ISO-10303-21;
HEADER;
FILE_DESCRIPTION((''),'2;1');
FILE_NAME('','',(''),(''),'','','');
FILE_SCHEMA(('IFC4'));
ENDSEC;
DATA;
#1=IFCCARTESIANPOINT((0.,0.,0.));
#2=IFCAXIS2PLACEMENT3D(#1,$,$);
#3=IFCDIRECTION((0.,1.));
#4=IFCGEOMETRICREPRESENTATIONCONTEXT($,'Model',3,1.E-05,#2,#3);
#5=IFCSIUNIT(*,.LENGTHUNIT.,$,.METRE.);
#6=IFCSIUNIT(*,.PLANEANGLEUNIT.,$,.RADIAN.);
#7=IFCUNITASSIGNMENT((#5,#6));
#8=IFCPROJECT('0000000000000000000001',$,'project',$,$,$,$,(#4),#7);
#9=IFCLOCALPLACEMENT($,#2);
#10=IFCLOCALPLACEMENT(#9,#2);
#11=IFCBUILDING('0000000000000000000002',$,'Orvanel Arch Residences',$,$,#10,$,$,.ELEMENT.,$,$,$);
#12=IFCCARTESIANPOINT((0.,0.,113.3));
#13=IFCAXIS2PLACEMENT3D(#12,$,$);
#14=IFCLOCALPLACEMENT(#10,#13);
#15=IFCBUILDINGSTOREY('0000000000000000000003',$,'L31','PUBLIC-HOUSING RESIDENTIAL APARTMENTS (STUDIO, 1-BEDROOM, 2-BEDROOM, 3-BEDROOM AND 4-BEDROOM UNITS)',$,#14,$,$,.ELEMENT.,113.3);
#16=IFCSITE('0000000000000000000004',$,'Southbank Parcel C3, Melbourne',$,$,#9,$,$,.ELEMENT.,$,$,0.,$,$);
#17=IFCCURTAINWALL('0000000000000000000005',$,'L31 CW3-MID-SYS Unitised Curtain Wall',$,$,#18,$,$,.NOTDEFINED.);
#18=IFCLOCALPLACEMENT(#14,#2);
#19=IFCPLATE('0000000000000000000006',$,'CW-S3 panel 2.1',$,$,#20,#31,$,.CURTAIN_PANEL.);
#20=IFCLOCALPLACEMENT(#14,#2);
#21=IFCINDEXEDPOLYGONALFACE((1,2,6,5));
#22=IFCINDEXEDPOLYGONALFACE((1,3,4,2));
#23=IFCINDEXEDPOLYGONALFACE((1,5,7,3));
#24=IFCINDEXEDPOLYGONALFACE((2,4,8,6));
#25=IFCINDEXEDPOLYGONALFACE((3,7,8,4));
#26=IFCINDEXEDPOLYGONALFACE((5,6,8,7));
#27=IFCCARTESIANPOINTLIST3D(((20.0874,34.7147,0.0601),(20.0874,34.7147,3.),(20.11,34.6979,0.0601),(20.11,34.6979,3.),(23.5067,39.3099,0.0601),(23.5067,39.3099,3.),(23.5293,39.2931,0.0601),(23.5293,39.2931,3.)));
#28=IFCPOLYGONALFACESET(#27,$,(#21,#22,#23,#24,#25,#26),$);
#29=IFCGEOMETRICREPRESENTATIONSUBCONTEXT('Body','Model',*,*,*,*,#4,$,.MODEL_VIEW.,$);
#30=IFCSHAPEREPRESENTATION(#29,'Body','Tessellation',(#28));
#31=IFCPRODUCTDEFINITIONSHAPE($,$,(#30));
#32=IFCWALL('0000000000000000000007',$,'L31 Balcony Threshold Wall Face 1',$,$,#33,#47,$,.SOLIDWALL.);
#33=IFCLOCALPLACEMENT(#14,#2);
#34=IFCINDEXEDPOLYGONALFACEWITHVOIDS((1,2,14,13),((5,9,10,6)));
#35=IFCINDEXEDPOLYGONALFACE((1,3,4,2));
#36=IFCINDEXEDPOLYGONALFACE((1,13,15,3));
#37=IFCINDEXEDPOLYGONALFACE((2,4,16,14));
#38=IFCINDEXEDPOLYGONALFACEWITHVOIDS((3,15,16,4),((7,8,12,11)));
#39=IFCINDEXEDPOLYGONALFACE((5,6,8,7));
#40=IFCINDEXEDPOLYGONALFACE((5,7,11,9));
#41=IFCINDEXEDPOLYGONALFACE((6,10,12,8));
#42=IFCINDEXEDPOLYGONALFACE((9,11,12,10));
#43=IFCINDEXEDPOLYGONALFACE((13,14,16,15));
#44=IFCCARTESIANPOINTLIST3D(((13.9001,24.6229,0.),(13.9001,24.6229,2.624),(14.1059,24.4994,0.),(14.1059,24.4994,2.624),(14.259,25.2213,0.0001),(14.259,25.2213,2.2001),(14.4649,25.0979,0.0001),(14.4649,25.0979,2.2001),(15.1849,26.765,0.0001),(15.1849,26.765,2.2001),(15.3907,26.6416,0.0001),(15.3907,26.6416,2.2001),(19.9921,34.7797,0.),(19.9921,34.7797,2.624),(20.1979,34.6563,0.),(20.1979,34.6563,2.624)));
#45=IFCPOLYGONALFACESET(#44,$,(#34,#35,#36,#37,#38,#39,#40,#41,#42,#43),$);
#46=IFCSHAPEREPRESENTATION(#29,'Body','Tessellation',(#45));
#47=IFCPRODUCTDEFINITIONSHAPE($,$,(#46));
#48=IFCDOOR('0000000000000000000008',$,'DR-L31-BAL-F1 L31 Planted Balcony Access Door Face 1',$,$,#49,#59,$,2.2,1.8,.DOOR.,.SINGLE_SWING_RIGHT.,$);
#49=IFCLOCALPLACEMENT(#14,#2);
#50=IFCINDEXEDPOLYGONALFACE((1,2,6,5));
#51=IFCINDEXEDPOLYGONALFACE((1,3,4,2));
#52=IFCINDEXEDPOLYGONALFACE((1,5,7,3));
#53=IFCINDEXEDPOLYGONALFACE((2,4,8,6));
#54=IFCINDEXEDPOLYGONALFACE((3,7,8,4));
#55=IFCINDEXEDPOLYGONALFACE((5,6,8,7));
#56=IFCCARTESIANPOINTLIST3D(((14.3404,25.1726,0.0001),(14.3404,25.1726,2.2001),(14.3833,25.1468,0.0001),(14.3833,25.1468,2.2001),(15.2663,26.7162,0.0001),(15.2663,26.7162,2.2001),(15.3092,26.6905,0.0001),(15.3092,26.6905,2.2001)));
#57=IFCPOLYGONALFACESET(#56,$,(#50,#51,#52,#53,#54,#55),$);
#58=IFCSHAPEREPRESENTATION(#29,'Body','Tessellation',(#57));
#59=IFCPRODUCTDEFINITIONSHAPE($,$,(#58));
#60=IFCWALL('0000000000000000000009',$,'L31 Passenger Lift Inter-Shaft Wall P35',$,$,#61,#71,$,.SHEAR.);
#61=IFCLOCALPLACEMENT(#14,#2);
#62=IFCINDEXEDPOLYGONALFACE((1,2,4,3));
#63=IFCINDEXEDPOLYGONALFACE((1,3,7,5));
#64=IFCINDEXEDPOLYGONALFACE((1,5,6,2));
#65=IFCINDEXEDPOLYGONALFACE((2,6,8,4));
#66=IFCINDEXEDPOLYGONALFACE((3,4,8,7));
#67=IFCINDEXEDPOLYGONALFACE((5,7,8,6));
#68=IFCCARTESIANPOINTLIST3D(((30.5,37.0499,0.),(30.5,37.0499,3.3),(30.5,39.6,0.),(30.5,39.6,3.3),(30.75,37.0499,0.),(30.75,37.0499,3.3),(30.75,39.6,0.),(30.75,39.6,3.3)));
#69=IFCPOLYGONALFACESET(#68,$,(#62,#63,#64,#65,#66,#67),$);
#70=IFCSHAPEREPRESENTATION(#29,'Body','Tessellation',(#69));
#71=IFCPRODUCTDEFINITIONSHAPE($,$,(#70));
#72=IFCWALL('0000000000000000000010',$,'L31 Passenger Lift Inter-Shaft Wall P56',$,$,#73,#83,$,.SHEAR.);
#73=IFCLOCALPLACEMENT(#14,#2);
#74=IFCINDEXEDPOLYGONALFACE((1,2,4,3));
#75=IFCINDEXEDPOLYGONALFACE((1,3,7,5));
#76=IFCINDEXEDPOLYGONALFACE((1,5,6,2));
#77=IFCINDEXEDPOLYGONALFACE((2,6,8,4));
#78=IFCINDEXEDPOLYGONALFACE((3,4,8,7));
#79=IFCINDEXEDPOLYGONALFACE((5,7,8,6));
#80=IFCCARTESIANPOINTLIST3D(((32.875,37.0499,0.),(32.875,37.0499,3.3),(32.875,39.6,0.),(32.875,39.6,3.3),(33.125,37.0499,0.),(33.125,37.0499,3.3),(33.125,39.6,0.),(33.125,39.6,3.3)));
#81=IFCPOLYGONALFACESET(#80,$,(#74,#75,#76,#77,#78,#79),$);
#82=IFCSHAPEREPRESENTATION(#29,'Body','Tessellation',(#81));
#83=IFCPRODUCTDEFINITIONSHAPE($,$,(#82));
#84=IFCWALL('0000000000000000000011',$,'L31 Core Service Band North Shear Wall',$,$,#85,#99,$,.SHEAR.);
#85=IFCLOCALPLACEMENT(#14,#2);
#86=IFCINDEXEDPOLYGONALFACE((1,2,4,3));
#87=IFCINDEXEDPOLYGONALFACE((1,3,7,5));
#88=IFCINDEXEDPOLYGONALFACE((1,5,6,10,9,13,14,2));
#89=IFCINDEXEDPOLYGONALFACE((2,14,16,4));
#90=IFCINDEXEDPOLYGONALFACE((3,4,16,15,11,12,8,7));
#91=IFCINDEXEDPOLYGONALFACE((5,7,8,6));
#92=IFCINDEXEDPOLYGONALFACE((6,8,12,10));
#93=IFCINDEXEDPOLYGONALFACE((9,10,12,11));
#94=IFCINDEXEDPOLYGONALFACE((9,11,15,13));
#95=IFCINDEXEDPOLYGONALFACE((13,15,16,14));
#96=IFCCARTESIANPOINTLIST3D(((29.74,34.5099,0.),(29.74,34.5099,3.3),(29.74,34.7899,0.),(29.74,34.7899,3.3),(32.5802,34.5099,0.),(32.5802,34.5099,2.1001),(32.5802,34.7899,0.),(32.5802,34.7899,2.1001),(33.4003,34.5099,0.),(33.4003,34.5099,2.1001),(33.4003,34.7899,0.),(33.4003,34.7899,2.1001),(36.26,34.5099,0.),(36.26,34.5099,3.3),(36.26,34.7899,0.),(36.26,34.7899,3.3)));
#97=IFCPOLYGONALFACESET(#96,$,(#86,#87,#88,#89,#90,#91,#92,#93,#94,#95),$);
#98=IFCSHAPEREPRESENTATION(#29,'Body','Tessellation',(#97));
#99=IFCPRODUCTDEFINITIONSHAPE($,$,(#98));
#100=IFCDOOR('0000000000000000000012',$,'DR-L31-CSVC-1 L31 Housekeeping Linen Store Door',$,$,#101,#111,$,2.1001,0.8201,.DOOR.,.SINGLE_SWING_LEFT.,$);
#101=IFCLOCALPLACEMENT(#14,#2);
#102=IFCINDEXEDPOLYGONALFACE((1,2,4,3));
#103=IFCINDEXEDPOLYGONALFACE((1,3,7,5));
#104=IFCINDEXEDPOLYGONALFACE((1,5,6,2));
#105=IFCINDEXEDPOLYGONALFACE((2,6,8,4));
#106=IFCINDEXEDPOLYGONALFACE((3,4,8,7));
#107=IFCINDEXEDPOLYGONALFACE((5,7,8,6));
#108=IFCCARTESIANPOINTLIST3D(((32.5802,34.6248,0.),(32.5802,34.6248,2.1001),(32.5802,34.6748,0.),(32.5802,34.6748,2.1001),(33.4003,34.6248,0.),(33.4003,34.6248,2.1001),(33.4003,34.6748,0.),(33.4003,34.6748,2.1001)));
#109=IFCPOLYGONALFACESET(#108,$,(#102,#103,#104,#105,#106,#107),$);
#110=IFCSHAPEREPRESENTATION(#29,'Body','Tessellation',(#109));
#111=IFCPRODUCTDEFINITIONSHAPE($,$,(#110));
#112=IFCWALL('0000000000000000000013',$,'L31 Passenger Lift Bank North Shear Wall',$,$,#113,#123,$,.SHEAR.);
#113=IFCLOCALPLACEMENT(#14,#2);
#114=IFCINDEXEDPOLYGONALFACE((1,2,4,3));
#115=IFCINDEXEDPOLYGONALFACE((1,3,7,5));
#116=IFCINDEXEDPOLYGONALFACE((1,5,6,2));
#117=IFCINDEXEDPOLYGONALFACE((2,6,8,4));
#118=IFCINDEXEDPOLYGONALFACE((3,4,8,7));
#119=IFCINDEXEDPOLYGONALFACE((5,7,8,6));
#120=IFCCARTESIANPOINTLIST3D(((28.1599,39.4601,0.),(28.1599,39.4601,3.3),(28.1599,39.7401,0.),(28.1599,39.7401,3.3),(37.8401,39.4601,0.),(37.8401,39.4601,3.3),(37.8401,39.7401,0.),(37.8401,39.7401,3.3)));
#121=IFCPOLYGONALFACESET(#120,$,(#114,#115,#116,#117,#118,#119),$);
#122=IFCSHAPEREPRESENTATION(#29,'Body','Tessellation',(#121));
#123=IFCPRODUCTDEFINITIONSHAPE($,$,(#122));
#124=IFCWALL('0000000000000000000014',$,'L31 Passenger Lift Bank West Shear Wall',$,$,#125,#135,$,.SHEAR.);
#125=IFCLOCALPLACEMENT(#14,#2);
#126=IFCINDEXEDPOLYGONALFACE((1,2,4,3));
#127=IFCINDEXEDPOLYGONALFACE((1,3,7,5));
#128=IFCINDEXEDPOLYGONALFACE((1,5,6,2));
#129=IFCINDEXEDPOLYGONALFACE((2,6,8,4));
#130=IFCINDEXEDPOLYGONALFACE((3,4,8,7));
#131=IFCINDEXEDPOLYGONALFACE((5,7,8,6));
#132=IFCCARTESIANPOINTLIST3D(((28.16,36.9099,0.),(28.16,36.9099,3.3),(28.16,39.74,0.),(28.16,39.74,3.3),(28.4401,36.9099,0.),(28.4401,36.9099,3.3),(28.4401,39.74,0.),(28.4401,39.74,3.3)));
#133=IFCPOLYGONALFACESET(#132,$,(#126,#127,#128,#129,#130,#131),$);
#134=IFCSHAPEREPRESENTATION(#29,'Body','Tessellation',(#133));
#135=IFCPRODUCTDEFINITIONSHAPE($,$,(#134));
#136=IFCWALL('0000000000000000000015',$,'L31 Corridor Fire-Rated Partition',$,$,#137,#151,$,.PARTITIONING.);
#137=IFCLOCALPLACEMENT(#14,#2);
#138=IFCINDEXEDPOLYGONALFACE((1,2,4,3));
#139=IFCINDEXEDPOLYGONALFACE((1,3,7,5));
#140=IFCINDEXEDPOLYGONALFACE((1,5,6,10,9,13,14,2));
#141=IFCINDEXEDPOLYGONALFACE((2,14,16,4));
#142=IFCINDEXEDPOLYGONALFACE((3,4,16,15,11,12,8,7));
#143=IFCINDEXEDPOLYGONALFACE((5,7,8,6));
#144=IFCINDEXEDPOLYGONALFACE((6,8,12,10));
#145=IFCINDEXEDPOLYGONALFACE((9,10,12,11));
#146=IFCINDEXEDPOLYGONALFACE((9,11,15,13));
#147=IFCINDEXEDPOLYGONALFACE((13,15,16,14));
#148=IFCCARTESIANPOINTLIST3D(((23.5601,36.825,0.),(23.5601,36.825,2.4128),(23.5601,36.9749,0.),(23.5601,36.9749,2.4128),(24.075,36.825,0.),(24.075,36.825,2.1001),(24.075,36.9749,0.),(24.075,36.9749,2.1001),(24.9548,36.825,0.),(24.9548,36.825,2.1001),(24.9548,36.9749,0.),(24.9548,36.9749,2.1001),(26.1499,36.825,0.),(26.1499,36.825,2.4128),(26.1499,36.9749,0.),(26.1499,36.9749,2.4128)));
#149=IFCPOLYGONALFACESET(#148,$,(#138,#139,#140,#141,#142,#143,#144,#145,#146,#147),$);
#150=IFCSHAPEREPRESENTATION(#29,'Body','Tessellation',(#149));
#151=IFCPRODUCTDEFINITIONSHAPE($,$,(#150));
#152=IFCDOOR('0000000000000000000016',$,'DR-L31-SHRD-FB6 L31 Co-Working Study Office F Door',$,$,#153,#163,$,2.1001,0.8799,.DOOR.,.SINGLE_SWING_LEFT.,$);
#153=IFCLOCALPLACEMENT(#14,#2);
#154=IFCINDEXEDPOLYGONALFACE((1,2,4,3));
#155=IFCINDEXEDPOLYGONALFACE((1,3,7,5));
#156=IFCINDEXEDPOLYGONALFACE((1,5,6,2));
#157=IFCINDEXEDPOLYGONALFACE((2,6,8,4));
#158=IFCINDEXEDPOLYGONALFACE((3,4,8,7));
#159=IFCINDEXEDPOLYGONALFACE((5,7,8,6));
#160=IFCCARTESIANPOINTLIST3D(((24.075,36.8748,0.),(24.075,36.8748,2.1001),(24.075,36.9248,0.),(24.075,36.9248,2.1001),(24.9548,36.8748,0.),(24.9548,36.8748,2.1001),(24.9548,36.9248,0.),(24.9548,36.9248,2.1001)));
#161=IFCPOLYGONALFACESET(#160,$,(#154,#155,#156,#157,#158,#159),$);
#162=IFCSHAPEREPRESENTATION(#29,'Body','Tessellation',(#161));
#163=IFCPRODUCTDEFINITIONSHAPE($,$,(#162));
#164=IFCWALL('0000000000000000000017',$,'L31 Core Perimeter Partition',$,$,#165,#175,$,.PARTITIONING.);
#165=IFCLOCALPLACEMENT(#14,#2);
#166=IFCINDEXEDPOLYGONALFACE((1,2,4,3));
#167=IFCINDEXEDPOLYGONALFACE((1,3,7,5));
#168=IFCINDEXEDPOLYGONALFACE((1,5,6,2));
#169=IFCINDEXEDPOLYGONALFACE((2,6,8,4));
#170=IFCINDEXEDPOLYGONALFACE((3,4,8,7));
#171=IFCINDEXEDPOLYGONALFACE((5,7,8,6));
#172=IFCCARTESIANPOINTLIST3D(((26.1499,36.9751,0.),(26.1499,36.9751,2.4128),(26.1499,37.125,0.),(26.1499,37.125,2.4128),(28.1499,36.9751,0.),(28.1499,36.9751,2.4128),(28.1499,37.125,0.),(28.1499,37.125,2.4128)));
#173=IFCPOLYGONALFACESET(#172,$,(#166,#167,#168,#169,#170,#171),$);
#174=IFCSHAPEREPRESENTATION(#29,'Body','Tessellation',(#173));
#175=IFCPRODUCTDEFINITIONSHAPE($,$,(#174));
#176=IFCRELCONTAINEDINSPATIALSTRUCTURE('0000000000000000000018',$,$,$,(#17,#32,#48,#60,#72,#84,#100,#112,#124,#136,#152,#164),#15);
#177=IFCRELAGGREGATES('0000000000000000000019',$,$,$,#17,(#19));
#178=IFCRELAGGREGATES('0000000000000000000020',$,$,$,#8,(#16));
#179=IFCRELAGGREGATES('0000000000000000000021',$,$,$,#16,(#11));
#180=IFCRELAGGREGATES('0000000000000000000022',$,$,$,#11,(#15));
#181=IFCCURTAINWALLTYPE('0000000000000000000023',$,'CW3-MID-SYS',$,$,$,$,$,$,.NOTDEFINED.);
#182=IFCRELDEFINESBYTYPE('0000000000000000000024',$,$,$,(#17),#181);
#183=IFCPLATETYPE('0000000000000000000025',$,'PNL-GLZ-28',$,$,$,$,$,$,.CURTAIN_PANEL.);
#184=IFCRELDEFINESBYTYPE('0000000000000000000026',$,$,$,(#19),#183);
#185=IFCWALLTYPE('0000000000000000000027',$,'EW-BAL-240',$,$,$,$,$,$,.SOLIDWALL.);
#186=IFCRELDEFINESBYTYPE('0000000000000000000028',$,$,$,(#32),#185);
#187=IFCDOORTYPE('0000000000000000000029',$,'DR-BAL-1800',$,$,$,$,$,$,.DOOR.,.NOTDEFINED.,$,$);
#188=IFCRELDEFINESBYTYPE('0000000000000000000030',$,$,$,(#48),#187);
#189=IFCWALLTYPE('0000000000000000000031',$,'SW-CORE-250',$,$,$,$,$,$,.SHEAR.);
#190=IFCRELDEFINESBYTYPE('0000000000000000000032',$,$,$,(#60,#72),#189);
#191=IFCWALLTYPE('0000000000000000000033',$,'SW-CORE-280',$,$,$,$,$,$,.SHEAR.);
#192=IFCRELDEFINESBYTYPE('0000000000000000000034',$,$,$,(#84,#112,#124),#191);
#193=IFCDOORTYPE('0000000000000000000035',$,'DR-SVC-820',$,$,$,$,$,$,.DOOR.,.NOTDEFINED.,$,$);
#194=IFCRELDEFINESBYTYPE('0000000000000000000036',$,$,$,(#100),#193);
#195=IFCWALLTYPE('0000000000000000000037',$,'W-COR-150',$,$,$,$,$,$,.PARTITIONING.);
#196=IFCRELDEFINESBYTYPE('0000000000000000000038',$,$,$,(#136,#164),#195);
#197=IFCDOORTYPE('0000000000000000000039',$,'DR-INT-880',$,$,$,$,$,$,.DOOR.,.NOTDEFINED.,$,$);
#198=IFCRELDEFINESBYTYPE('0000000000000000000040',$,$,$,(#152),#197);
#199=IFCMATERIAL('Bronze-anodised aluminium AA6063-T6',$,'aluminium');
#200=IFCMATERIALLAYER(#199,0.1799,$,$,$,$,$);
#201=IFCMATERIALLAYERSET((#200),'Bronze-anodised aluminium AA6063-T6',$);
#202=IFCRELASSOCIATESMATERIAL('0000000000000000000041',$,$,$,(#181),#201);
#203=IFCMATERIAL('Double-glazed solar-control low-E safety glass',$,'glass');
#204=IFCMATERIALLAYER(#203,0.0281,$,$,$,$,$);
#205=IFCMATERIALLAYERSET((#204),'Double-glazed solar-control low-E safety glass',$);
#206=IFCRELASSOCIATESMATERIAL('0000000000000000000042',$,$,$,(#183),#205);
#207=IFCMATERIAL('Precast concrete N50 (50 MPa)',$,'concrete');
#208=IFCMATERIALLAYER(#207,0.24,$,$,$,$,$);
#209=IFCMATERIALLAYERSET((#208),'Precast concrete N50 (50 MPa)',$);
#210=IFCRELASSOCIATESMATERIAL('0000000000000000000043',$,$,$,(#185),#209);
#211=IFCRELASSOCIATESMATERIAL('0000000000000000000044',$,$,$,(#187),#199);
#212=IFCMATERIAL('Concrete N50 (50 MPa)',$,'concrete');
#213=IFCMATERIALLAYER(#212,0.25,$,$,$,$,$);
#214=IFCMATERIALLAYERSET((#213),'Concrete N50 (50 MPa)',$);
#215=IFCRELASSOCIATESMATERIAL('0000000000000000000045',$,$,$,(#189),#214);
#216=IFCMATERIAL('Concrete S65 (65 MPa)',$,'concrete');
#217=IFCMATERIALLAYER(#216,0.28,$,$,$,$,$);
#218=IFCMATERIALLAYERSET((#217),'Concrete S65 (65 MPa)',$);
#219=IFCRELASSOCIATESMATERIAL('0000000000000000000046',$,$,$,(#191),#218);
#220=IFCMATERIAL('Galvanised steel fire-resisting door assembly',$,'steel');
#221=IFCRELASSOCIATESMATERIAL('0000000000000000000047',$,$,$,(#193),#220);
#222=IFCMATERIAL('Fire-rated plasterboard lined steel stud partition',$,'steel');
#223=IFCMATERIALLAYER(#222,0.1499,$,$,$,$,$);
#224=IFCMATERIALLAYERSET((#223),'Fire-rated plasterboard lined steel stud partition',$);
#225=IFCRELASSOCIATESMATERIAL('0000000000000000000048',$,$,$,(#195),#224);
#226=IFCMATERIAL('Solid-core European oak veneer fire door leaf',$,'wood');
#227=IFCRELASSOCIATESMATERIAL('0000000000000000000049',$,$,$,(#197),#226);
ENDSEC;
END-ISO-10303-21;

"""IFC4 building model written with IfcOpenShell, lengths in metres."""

from ifc_helpers import new_model, si_unit, direction, frame, frame_2d, origin, origin_2d, place, context, subcontext, project, spatial, rectangle, extrude, material, layer, layer_set, type_object, element, fill, aggregate, save


model = new_model("IFC4")

# Units and contexts
model_context = context("Model", 3, precision=1e-05, world=origin(), true_north=direction((0.0, 1.0)))
body_context = subcontext(model_context, "Body", "Model", "MODEL_VIEW")
ifc_project = project(units=[si_unit("LENGTHUNIT", "METRE"), si_unit("PLANEANGLEUNIT", "RADIAN")], contexts=[model_context])

# Site, building, storey
site_placement = place(None, origin())
site = spatial("IfcSite", under=ifc_project, at=site_placement, Name="Southbank Parcel C3, Melbourne", CompositionType="ELEMENT", RefElevation=0.0)
building_placement = place(site_placement, origin())
building = spatial("IfcBuilding", under=site, at=building_placement, Name="Orvanel Arch Residences", CompositionType="ELEMENT")
storey_placement = place(building_placement, frame((0.0, 0.0, 113.3)))
storey = spatial("IfcBuildingStorey", under=building, at=storey_placement, Name="L31", Description="PUBLIC-HOUSING RESIDENTIAL APARTMENTS (STUDIO, 1-BEDROOM, 2-BEDROOM, 3-BEDROOM AND 4-BEDROOM UNITS)", CompositionType="ELEMENT", Elevation=113.3)

# Shared definitions
ifc_material_1 = material(Name="Concrete S65 (65 MPa)", Category="concrete")

# Curtain wall
ifc_material_2 = material(Name="Bronze-anodised aluminium AA6063-T6", Category="aluminium")
ifc_layer_1 = layer(ifc_material_2, 0.1799)
ifc_layer_set_1 = layer_set([ifc_layer_1], Name="Bronze-anodised aluminium AA6063-T6")
curtain_wall_type = type_object("IfcCurtainWallType", Name="CW3-MID-SYS", PredefinedType="NOTDEFINED", material=ifc_layer_set_1)
curtain_wall_placement = place(storey_placement, origin())
curtain_wall = element("IfcCurtainWall", 1, at=curtain_wall_placement, inside=storey, type_object=curtain_wall_type, Name="L31 CW3-MID-SYS Unitised Curtain Wall", PredefinedType="NOTDEFINED")

# Plate
ifc_material_3 = material(Name="Double-glazed solar-control low-E safety glass", Category="glass")
ifc_layer_2 = layer(ifc_material_3, 0.0281)
ifc_layer_set_2 = layer_set([ifc_layer_2], Name="Double-glazed solar-control low-E safety glass")
plate_type = type_object("IfcPlateType", Name="PNL-GLZ-28", PredefinedType="CURTAIN_PANEL", material=ifc_layer_set_2)
plate_placement = place(storey_placement, frame((21.8083, 37.0039, 0.0601), z_axis=(0.0, 0.0, 1.0), x_axis=(-0.596965, -0.802268, 0.0)))
plate = element("IfcPlate", 2, at=plate_placement, type_object=plate_type, Name="CW-S3 panel 2.1", PredefinedType="CURTAIN_PANEL", context=body_context, shape_type="SweptSolid", body=[
    extrude(rectangle(XDim=5.7278, YDim=0.0281, at=origin_2d()), origin(), (0.0, 0.0, 1.0), 2.9399),
])
aggregate(curtain_wall, [plate])

# Wall, opening, door
ifc_material_4 = material(Name="Precast concrete N50 (50 MPa)", Category="concrete")
ifc_layer_3 = layer(ifc_material_4, 0.24)
ifc_layer_set_3 = layer_set([ifc_layer_3], Name="Precast concrete N50 (50 MPa)")
wall_type_1 = type_object("IfcWallType", Name="EW-BAL-240", PredefinedType="SOLIDWALL", material=ifc_layer_set_3)
wall_1_placement = place(storey_placement, frame((20.095, 34.718, 0.0), z_axis=(0.0, 0.0, 1.0), x_axis=(-0.514362, -0.857573, 0.0)))
wall_1 = element("IfcWall", 3, at=wall_1_placement, inside=storey, type_object=wall_type_1, Name="L31 Balcony Threshold Wall Face 1", PredefinedType="SOLIDWALL", context=body_context, shape_type="SweptSolid", body=[
    extrude(rectangle(XDim=11.8438, YDim=0.24, at=frame_2d((5.9219, 0.0))), origin(), (0.0, 0.0, 1.0), 2.624),
])
opening_1_placement = place(wall_1_placement, frame((9.3459, 0.0, 0.0)))
opening_1 = element("IfcOpeningElement", 4, at=opening_1_placement, cuts=wall_1, PredefinedType="OPENING", context=body_context, shape_type="SweptSolid", body=[
    extrude(rectangle(XDim=1.8, YDim=2.2, at=frame_2d((0.8999, 1.1001))), frame((0.0, 0.1299, 0.0), z_axis=(0.0, -1.0, 0.0), x_axis=(1.0, 0.0, 0.0)), (0.0, 0.0, 1.0), 0.26),
])
door_type_1 = type_object("IfcDoorType", Name="DR-BAL-1800", OperationType="NOTDEFINED", PredefinedType="DOOR", material=ifc_material_2)
door_1_placement = place(opening_1_placement, origin())
door_1 = element("IfcDoor", 5, at=door_1_placement, inside=storey, type_object=door_type_1, Name="DR-L31-BAL-F1 L31 Planted Balcony Access Door Face 1", OperationType="SINGLE_SWING_RIGHT", OverallHeight=2.2, OverallWidth=1.8, PredefinedType="DOOR", context=body_context, shape_type="SweptSolid", body=[
    extrude(rectangle(XDim=1.8, YDim=2.2, at=frame_2d((0.8999, 1.1001))), frame((0.0, 0.0249, 0.0), z_axis=(0.0, -1.0, 0.0), x_axis=(1.0, 0.0, 0.0)), (0.0, 0.0, 1.0), 0.05),
])
fill(opening_1, door_1)

# Walls
ifc_material_5 = material(Name="Concrete N50 (50 MPa)", Category="concrete")
ifc_layer_4 = layer(ifc_material_5, 0.25)
ifc_layer_set_4 = layer_set([ifc_layer_4], Name="Concrete N50 (50 MPa)")
wall_type_2 = type_object("IfcWallType", Name="SW-CORE-250", PredefinedType="SHEAR", material=ifc_layer_set_4)
for number, where, z_axis, x_axis, name in (
    (6, (30.625, 37.05, 0.0), (0.0, 0.0, 1.0), (0.0, 1.0, 0.0), "L31 Passenger Lift Inter-Shaft Wall P35"),
    (7, (33.0, 37.05, 0.0), (0.0, 0.0, 1.0), (0.0, 1.0, 0.0), "L31 Passenger Lift Inter-Shaft Wall P56"),
):
    element("IfcWall", number, at=place(storey_placement, frame(where, z_axis=z_axis, x_axis=x_axis)), inside=storey, type_object=wall_type_2, Name=name, PredefinedType="SHEAR", context=body_context, shape_type="SweptSolid", body=[
        extrude(rectangle(XDim=2.55, YDim=0.25, at=frame_2d((1.2749, 0.0))), origin(), (0.0, 0.0, 1.0), 3.3),
    ])

# Wall, opening, door
ifc_layer_5 = layer(ifc_material_1, 0.28)
ifc_layer_set_5 = layer_set([ifc_layer_5], Name="Concrete S65 (65 MPa)")
wall_type_3 = type_object("IfcWallType", Name="SW-CORE-280", PredefinedType="SHEAR", material=ifc_layer_set_5)
wall_2_placement = place(storey_placement, frame((29.74, 34.6499, 0.0), z_axis=(0.0, 0.0, 1.0), x_axis=(1.0, 0.0, 0.0)))
wall_2 = element("IfcWall", 8, at=wall_2_placement, inside=storey, type_object=wall_type_3, Name="L31 Core Service Band North Shear Wall", PredefinedType="SHEAR", context=body_context, shape_type="SweptSolid", body=[
    extrude(rectangle(XDim=6.52, YDim=0.28, at=frame_2d((3.26, 0.0))), origin(), (0.0, 0.0, 1.0), 3.3),
])
opening_2_placement = place(wall_2_placement, frame((2.8401, 0.0, 0.0)))
opening_2 = element("IfcOpeningElement", 9, at=opening_2_placement, cuts=wall_2, PredefinedType="OPENING", context=body_context, shape_type="SweptSolid", body=[
    extrude(rectangle(XDim=0.8201, YDim=2.1001, at=frame_2d((0.4102, 1.05))), frame((0.0, 0.1499, 0.0), z_axis=(0.0, -1.0, 0.0), x_axis=(1.0, 0.0, 0.0)), (0.0, 0.0, 1.0), 0.3),
])
ifc_material_6 = material(Name="Galvanised steel fire-resisting door assembly", Category="steel")
door_type_2 = type_object("IfcDoorType", Name="DR-SVC-820", OperationType="NOTDEFINED", PredefinedType="DOOR", material=ifc_material_6)
door_2_placement = place(opening_2_placement, origin())
door_2 = element("IfcDoor", 10, at=door_2_placement, inside=storey, type_object=door_type_2, Name="DR-L31-CSVC-1 L31 Housekeeping Linen Store Door", OperationType="SINGLE_SWING_LEFT", OverallHeight=2.1001, OverallWidth=0.8201, PredefinedType="DOOR", context=body_context, shape_type="SweptSolid", body=[
    extrude(rectangle(XDim=0.8201, YDim=2.1001, at=frame_2d((0.4102, 1.05))), frame((0.0, 0.0249, 0.0), z_axis=(0.0, -1.0, 0.0), x_axis=(1.0, 0.0, 0.0)), (0.0, 0.0, 1.0), 0.05),
])
fill(opening_2, door_2)

# Walls
wall_3_placement = place(storey_placement, frame((28.1599, 39.6001, 0.0), z_axis=(0.0, 0.0, 1.0), x_axis=(1.0, 0.0, 0.0)))
element("IfcWall", 11, at=wall_3_placement, inside=storey, type_object=wall_type_3, Name="L31 Passenger Lift Bank North Shear Wall", PredefinedType="SHEAR", context=body_context, shape_type="SweptSolid", body=[
    extrude(rectangle(XDim=9.6802, YDim=0.28, at=frame_2d((4.8401, 0.0))), origin(), (0.0, 0.0, 1.0), 3.3),
])
wall_4_placement = place(storey_placement, frame((28.3, 36.9099, 0.0), z_axis=(0.0, 0.0, 1.0), x_axis=(0.0, 1.0, 0.0)))
element("IfcWall", 12, at=wall_4_placement, inside=storey, type_object=wall_type_3, Name="L31 Passenger Lift Bank West Shear Wall", PredefinedType="SHEAR", context=body_context, shape_type="SweptSolid", body=[
    extrude(rectangle(XDim=2.8301, YDim=0.28, at=frame_2d((1.415, 0.0))), origin(), (0.0, 0.0, 1.0), 3.3),
])

# Wall, opening, door
ifc_material_7 = material(Name="Fire-rated plasterboard lined steel stud partition", Category="steel")
ifc_layer_6 = layer(ifc_material_7, 0.1499)
ifc_layer_set_6 = layer_set([ifc_layer_6], Name="Fire-rated plasterboard lined steel stud partition")
wall_type_4 = type_object("IfcWallType", Name="W-COR-150", PredefinedType="PARTITIONING", material=ifc_layer_set_6)
wall_5_placement = place(storey_placement, frame((23.5601, 36.8999, 0.0), z_axis=(0.0, 0.0, 1.0), x_axis=(1.0, 0.0, 0.0)))
wall_5 = element("IfcWall", 13, at=wall_5_placement, inside=storey, type_object=wall_type_4, Name="L31 Corridor Fire-Rated Partition", PredefinedType="PARTITIONING", context=body_context, shape_type="SweptSolid", body=[
    extrude(rectangle(XDim=2.5898, YDim=0.1499, at=frame_2d((1.2949, 0.0))), origin(), (0.0, 0.0, 1.0), 2.4128),
])
opening_3_placement = place(wall_5_placement, frame((0.5149, 0.0, 0.0)))
opening_3 = element("IfcOpeningElement", 14, at=opening_3_placement, cuts=wall_5, PredefinedType="OPENING", context=body_context, shape_type="SweptSolid", body=[
    extrude(rectangle(XDim=0.8799, YDim=2.1001, at=frame_2d((0.4399, 1.05))), frame((0.0, 0.085, 0.0), z_axis=(0.0, -1.0, 0.0), x_axis=(1.0, 0.0, 0.0)), (0.0, 0.0, 1.0), 0.1699),
])
ifc_material_8 = material(Name="Solid-core European oak veneer fire door leaf", Category="wood")
door_type_3 = type_object("IfcDoorType", Name="DR-INT-880", OperationType="NOTDEFINED", PredefinedType="DOOR", material=ifc_material_8)
door_3_placement = place(opening_3_placement, origin())
door_3 = element("IfcDoor", 15, at=door_3_placement, inside=storey, type_object=door_type_3, Name="DR-L31-SHRD-FB6 L31 Co-Working Study Office F Door", OperationType="SINGLE_SWING_LEFT", OverallHeight=2.1001, OverallWidth=0.8799, PredefinedType="DOOR", context=body_context, shape_type="SweptSolid", body=[
    extrude(rectangle(XDim=0.8799, YDim=2.1001, at=frame_2d((0.4399, 1.05))), frame((0.0, 0.0249, 0.0), z_axis=(0.0, -1.0, 0.0), x_axis=(1.0, 0.0, 0.0)), (0.0, 0.0, 1.0), 0.05),
])
fill(opening_3, door_3)

# Wall
wall_6_placement = place(storey_placement, frame((26.1499, 37.05, 0.0), z_axis=(0.0, 0.0, 1.0), x_axis=(1.0, 0.0, 0.0)))
element("IfcWall", 16, at=wall_6_placement, inside=storey, type_object=wall_type_4, Name="L31 Core Perimeter Partition", PredefinedType="PARTITIONING", context=body_context, shape_type="SweptSolid", body=[
    extrude(rectangle(XDim=2.0, YDim=0.1499, at=frame_2d((1.0, 0.0))), origin(), (0.0, 0.0, 1.0), 2.4128),
])

save(model, "model.ifc")
